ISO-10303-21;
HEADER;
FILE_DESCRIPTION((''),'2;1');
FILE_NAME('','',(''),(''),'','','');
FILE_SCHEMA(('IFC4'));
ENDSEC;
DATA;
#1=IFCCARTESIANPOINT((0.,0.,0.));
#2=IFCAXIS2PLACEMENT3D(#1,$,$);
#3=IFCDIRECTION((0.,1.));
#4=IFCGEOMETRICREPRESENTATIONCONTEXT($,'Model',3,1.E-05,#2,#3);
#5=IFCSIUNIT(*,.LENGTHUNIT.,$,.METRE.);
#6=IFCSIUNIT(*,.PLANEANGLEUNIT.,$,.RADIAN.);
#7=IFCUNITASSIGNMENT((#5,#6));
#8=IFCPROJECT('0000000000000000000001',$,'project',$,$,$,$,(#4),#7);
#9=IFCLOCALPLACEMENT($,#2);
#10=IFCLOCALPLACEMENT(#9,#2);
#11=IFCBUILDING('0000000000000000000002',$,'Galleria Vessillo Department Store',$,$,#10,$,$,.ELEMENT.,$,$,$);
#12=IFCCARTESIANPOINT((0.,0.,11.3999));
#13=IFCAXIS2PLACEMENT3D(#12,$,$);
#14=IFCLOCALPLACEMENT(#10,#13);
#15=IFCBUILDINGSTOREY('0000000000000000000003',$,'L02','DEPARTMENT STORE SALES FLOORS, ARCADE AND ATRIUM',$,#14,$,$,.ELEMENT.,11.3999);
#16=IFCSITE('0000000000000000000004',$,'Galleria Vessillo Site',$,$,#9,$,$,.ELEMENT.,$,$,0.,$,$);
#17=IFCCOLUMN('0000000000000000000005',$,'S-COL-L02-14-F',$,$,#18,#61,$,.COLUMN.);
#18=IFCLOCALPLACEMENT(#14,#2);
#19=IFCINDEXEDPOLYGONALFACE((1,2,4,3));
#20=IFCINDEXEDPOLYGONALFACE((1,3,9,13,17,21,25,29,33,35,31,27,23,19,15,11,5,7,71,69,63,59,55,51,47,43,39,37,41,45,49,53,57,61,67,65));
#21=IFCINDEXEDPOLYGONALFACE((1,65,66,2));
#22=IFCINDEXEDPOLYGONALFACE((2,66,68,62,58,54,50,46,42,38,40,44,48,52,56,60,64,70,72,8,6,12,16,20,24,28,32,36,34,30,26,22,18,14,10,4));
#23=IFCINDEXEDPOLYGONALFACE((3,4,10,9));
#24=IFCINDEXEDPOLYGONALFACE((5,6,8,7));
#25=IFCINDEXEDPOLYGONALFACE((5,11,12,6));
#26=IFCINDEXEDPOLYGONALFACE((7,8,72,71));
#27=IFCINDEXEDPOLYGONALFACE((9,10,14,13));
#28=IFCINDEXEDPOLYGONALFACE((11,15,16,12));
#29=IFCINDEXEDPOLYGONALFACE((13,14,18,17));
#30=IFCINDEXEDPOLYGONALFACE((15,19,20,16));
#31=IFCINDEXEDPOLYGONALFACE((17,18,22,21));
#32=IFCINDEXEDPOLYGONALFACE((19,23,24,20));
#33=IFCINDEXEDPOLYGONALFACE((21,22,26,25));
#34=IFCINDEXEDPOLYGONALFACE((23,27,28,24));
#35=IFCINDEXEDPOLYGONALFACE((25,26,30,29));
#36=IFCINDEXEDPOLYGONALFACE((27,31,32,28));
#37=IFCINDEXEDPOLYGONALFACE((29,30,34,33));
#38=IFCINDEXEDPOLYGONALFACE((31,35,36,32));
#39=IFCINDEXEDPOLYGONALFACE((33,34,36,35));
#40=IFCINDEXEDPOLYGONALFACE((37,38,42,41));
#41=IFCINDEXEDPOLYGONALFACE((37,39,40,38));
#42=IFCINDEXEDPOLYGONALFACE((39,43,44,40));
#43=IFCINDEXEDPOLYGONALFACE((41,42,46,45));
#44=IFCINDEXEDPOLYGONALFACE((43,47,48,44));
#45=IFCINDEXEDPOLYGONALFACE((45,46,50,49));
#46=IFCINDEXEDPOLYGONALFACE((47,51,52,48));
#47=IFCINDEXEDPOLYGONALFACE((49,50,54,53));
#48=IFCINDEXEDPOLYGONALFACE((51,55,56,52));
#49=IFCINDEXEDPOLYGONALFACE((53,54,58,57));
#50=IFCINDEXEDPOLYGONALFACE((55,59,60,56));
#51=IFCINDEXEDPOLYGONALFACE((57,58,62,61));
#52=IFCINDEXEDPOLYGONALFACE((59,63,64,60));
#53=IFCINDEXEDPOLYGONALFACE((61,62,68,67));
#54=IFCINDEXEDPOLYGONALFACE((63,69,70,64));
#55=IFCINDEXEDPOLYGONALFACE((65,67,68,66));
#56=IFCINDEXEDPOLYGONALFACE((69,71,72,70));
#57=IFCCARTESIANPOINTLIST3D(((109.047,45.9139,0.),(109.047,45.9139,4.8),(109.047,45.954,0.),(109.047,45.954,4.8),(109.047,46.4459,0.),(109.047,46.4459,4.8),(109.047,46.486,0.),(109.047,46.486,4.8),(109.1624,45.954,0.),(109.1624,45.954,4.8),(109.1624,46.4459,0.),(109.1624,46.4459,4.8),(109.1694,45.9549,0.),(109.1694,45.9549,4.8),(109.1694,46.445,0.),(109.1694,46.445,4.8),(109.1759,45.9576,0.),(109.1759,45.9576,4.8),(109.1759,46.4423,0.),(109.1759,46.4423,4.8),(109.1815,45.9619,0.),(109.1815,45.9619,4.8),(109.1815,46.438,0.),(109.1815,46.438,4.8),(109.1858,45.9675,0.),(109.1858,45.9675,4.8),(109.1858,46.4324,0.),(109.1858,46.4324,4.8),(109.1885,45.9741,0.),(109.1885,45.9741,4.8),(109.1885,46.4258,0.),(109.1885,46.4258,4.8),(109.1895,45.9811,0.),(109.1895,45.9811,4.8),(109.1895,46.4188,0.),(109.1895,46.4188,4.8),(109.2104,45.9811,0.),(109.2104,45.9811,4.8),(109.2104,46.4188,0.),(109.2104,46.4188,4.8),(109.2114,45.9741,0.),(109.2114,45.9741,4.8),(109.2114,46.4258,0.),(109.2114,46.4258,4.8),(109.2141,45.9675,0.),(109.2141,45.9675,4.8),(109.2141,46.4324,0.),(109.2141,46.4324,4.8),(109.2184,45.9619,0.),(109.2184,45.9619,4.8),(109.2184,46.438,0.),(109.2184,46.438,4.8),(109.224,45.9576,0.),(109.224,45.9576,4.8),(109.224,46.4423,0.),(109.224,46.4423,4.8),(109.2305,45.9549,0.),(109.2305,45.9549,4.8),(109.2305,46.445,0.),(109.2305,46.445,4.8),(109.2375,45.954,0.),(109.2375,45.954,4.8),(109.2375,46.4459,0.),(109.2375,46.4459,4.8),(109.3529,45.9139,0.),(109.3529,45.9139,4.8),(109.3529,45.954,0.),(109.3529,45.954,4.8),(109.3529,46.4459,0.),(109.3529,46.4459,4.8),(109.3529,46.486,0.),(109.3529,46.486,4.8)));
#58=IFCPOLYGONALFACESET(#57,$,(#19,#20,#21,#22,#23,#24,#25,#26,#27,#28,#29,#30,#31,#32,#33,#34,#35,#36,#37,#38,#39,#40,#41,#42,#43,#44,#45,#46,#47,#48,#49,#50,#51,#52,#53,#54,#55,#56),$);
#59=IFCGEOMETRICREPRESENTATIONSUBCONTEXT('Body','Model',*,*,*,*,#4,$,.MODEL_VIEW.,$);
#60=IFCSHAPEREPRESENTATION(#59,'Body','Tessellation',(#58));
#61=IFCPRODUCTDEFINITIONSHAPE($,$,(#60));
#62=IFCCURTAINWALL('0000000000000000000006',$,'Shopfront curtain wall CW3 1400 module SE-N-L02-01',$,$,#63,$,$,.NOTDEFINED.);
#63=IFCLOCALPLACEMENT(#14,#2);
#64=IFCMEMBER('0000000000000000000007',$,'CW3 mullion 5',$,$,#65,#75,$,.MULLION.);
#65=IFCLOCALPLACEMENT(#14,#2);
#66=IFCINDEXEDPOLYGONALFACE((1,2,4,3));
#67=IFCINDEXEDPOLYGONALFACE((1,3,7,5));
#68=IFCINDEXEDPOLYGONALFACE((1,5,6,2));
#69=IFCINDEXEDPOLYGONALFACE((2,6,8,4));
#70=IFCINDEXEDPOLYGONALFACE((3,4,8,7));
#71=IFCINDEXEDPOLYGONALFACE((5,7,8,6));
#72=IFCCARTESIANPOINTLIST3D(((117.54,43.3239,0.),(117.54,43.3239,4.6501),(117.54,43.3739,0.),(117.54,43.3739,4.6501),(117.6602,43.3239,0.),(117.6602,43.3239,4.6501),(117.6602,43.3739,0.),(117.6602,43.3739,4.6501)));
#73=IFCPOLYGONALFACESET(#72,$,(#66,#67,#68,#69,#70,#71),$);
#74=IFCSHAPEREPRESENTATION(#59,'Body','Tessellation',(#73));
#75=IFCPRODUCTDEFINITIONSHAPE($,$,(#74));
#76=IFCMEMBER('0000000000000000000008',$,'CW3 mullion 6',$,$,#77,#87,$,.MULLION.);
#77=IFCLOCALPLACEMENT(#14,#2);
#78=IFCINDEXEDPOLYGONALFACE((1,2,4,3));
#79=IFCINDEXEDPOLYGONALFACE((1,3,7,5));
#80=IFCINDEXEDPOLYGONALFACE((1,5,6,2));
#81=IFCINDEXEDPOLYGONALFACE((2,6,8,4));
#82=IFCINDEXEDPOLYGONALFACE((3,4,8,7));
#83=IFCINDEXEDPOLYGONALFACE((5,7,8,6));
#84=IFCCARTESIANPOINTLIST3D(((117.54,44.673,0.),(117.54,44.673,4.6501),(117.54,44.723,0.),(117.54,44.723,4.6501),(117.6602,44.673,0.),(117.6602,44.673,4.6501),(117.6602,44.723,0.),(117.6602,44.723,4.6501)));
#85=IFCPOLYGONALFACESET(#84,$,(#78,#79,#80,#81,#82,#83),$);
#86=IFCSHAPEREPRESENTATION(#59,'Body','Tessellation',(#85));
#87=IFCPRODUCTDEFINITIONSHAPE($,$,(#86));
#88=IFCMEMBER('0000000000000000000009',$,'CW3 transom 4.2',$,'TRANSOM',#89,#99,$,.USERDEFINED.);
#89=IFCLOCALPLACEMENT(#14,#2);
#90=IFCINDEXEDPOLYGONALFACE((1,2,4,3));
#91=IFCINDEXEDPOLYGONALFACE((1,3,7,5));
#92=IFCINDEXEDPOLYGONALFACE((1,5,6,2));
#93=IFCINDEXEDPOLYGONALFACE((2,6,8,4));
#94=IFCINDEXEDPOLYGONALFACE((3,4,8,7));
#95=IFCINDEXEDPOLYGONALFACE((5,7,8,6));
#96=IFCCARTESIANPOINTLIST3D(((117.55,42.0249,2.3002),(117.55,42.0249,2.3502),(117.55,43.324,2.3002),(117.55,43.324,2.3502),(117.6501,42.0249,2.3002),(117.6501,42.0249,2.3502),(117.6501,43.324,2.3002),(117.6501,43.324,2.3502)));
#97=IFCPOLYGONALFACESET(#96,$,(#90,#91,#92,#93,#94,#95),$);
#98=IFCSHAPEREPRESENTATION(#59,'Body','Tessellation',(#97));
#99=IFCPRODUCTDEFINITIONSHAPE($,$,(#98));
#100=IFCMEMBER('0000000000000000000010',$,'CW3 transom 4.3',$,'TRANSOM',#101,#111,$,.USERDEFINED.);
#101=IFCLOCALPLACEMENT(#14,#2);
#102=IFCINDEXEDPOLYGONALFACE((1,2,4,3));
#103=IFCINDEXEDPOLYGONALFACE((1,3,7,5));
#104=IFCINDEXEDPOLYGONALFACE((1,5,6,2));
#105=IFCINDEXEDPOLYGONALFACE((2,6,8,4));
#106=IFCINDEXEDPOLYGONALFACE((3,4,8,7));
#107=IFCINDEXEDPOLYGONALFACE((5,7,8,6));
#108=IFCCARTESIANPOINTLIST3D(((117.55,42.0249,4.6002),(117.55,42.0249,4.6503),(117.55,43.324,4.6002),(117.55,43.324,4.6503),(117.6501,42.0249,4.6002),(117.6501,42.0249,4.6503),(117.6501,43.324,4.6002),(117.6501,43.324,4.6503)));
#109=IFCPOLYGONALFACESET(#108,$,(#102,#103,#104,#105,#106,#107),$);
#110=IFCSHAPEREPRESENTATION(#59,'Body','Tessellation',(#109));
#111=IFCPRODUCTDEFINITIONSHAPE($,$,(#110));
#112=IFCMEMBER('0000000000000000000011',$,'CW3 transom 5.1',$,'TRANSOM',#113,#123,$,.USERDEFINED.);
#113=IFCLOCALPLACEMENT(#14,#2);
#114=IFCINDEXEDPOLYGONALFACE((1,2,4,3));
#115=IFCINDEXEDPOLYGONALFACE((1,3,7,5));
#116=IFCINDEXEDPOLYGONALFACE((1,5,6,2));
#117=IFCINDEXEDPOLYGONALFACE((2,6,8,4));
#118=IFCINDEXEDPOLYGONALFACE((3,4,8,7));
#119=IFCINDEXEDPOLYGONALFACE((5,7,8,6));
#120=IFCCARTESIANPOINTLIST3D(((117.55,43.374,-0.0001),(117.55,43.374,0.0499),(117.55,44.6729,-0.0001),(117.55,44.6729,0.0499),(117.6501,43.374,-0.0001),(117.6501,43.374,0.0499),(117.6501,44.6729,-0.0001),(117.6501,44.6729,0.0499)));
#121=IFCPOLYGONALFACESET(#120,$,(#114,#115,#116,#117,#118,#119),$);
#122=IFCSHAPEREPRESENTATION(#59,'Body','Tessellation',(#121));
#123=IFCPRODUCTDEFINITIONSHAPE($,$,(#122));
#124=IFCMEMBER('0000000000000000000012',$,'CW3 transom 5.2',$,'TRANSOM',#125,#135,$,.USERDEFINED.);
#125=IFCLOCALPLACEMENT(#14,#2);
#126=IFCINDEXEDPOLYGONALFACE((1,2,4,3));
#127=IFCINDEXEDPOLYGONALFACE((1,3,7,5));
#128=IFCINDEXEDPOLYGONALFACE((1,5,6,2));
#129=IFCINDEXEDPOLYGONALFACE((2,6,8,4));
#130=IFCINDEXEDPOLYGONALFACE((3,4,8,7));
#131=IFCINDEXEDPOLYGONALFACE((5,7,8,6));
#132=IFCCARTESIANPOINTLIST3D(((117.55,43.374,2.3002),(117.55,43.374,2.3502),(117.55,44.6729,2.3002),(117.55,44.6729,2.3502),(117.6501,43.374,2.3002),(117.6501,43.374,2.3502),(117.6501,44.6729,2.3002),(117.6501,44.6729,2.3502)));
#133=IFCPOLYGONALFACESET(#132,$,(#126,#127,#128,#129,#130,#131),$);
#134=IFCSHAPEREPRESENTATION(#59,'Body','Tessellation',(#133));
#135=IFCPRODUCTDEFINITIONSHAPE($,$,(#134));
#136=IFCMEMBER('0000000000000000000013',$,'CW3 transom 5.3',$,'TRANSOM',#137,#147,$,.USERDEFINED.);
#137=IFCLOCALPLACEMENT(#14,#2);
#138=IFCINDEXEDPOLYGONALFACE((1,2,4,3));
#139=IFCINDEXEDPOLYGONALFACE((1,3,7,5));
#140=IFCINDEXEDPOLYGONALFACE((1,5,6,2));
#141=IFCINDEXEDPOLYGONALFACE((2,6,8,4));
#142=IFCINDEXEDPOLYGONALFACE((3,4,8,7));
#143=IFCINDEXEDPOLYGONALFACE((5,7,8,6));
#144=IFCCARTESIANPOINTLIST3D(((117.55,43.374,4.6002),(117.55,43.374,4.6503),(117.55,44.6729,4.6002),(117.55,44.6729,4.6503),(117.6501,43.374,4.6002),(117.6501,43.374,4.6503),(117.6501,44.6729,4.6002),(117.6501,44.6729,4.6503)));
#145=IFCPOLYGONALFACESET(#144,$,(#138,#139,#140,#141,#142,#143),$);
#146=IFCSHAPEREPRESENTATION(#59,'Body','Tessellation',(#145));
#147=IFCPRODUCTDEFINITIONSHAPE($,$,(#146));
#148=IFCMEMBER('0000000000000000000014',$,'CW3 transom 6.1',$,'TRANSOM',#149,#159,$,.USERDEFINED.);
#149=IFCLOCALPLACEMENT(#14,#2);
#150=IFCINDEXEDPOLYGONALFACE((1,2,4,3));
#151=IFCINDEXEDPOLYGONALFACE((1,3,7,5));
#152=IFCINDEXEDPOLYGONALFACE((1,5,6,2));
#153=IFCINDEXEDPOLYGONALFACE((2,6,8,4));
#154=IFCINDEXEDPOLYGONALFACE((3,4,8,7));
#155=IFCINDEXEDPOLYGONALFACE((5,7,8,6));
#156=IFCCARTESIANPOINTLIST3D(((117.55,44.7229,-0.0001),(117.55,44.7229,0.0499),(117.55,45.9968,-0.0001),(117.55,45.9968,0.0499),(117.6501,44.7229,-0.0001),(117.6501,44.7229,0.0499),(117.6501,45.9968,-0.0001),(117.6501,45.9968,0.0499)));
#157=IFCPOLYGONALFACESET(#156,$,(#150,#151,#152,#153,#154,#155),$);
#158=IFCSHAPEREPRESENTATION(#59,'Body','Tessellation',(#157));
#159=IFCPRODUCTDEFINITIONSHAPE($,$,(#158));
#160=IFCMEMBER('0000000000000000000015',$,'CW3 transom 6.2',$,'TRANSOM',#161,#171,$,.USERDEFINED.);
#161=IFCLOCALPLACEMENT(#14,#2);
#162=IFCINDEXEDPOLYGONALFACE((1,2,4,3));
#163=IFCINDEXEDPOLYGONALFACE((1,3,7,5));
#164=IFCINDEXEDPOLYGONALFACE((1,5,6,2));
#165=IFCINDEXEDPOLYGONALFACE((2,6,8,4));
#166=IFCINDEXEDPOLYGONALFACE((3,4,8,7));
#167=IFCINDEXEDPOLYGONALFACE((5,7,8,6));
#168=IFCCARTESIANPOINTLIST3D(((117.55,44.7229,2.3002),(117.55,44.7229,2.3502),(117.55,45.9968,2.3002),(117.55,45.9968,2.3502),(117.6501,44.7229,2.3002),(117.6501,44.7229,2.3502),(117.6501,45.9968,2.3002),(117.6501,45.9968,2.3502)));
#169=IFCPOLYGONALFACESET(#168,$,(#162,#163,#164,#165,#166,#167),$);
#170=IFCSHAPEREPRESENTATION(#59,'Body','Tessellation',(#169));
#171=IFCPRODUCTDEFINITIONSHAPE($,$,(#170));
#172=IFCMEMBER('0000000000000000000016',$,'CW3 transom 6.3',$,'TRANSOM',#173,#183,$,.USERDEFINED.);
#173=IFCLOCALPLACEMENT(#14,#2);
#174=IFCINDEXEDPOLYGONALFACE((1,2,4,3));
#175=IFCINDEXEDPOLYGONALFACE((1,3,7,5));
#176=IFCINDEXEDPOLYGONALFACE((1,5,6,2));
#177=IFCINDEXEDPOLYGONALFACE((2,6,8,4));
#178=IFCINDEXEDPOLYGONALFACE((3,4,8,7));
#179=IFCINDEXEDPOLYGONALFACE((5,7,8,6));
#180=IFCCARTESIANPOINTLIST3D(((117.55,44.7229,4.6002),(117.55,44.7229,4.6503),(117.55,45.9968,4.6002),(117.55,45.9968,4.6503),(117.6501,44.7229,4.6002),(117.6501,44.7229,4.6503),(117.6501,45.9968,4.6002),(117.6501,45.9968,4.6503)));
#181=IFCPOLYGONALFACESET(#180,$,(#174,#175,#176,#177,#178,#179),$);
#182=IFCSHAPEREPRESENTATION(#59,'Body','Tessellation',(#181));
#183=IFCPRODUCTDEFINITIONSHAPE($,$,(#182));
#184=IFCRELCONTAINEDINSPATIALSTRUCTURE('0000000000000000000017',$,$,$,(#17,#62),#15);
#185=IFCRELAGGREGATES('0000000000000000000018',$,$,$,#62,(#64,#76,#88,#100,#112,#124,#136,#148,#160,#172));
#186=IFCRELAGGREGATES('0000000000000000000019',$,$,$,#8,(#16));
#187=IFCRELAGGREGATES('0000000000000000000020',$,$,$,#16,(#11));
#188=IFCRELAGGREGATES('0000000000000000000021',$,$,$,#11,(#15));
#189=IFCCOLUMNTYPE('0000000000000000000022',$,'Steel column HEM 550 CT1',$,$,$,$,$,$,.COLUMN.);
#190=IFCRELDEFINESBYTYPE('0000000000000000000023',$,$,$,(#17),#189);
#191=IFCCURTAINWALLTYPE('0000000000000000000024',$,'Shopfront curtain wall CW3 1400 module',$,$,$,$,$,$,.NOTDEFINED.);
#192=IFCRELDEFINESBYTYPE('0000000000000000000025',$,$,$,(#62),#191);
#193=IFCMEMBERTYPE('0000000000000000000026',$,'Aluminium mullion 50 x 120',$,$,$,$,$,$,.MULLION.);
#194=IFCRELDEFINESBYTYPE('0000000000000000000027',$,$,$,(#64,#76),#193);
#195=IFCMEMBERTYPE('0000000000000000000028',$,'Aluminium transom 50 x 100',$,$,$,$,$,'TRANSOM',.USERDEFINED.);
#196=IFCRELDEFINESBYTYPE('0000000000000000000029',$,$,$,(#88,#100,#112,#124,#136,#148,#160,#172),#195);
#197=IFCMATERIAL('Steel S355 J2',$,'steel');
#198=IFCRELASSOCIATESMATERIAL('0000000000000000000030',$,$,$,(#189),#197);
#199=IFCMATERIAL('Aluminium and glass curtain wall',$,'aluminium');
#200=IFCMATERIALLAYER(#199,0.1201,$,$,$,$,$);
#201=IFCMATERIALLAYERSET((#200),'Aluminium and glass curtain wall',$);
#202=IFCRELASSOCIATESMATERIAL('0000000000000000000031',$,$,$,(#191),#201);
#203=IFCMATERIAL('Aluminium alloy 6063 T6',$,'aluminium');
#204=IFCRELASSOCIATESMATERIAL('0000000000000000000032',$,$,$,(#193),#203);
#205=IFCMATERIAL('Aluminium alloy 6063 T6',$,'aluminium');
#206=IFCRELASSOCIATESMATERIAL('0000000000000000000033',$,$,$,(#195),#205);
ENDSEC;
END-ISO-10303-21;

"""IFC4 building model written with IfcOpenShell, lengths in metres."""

from ifc_helpers import new_model, si_unit, direction, frame, origin, origin_2d, place, context, subcontext, project, spatial, rectangle, i_section, extrude, material, layer, layer_set, material_profile, profile_set, type_object, element, aggregate, save


model = new_model("IFC4")

# Units and contexts
model_context = context("Model", 3, precision=1e-05, world=origin(), true_north=direction((0.0, 1.0)))
body_context = subcontext(model_context, "Body", "Model", "MODEL_VIEW")
ifc_project = project(units=[si_unit("LENGTHUNIT", "METRE"), si_unit("PLANEANGLEUNIT", "RADIAN")], contexts=[model_context])

# Site, building, storey
site_placement = place(None, origin())
site = spatial("IfcSite", under=ifc_project, at=site_placement, Name="Galleria Vessillo Site", CompositionType="ELEMENT", RefElevation=0.0)
building_placement = place(site_placement, origin())
building = spatial("IfcBuilding", under=site, at=building_placement, Name="Galleria Vessillo Department Store", CompositionType="ELEMENT")
storey_placement = place(building_placement, frame((0.0, 0.0, 11.3999)))
storey = spatial("IfcBuildingStorey", under=building, at=storey_placement, Name="L02", Description="DEPARTMENT STORE SALES FLOORS, ARCADE AND ATRIUM", CompositionType="ELEMENT", Elevation=11.3999)

# Column
ifc_material_1 = material(Name="Steel S355 J2", Category="steel")
ifc_material_profile_1 = material_profile(ifc_material_1, i_section(OverallWidth=0.3059, OverallDepth=0.572, WebThickness=0.021, FlangeThickness=0.04, FilletRadius=0.0271, at=origin_2d()), Name="HEM 550")
ifc_profile_set_1 = profile_set([ifc_material_profile_1], Name="Steel S355 J2")
column_type = type_object("IfcColumnType", Name="Steel column HEM 550 CT1", PredefinedType="COLUMN", material=ifc_profile_set_1)
column_placement = place(storey_placement, frame((109.2, 46.2, 0.0), z_axis=(0.0, 0.0, 1.0), x_axis=(1.0, 0.0, 0.0)))
element("IfcColumn", 1, at=column_placement, inside=storey, type_object=column_type, Name="S-COL-L02-14-F", PredefinedType="COLUMN", context=body_context, shape_type="SweptSolid", body=[
    extrude(i_section(OverallWidth=0.3059, OverallDepth=0.572, WebThickness=0.021, FlangeThickness=0.04, FilletRadius=0.0271, at=origin_2d()), origin(), (0.0, 0.0, 1.0), 4.8),
])

# Curtain wall, members
ifc_material_2 = material(Name="Aluminium and glass curtain wall", Category="aluminium")
ifc_layer_1 = layer(ifc_material_2, 0.1201)
ifc_layer_set_1 = layer_set([ifc_layer_1], Name="Aluminium and glass curtain wall")
curtain_wall_type = type_object("IfcCurtainWallType", Name="Shopfront curtain wall CW3 1400 module", PredefinedType="NOTDEFINED", material=ifc_layer_set_1)
curtain_wall_placement = place(storey_placement, origin())
curtain_wall = element("IfcCurtainWall", 2, at=curtain_wall_placement, inside=storey, type_object=curtain_wall_type, Name="Shopfront curtain wall CW3 1400 module SE-N-L02-01", PredefinedType="NOTDEFINED")
ifc_material_3 = material(Name="Aluminium alloy 6063 T6", Category="aluminium")
ifc_material_profile_2 = material_profile(ifc_material_3, rectangle(XDim=0.1201, YDim=0.05, at=origin_2d()), Name="AL 50x120")
ifc_profile_set_2 = profile_set([ifc_material_profile_2], Name="Aluminium alloy 6063 T6")
member_type_1 = type_object("IfcMemberType", Name="Aluminium mullion 50 x 120", PredefinedType="MULLION", material=ifc_profile_set_2)
member_1_placement = place(storey_placement, frame((117.6001, 43.3489, 0.0), z_axis=(0.0, 0.0, 1.0), x_axis=(-1.0, 0.0, 0.0)))
member_1 = element("IfcMember", 3, at=member_1_placement, type_object=member_type_1, Name="CW3 mullion 5", PredefinedType="MULLION", context=body_context, shape_type="SweptSolid", body=[
    extrude(rectangle(XDim=0.1201, YDim=0.05, at=origin_2d()), origin(), (0.0, 0.0, 1.0), 4.6501),
])
member_2_placement = place(storey_placement, frame((117.6001, 44.698, 0.0), z_axis=(0.0, 0.0, 1.0), x_axis=(-1.0, 0.0, 0.0)))
member_2 = element("IfcMember", 4, at=member_2_placement, type_object=member_type_1, Name="CW3 mullion 6", PredefinedType="MULLION", context=body_context, shape_type="SweptSolid", body=[
    extrude(rectangle(XDim=0.1201, YDim=0.05, at=origin_2d()), origin(), (0.0, 0.0, 1.0), 4.6501),
])
ifc_material_4 = material(Name="Aluminium alloy 6063 T6", Category="aluminium")
ifc_material_profile_3 = material_profile(ifc_material_4, rectangle(XDim=0.1001, YDim=0.05, at=origin_2d()), Name="AL 50x100")
ifc_profile_set_3 = profile_set([ifc_material_profile_3], Name="Aluminium alloy 6063 T6")
member_type_2 = type_object("IfcMemberType", Name="Aluminium transom 50 x 100", ElementType="TRANSOM", PredefinedType="USERDEFINED", material=ifc_profile_set_3)
member_3_placement = place(storey_placement, frame((117.6001, 42.0249, 2.3252), z_axis=(0.0, 1.0, 0.0), x_axis=(-1.0, 0.0, 0.0)))
member_3 = element("IfcMember", 5, at=member_3_placement, type_object=member_type_2, Name="CW3 transom 4.2", ObjectType="TRANSOM", PredefinedType="USERDEFINED", context=body_context, shape_type="SweptSolid", body=[
    extrude(rectangle(XDim=0.1001, YDim=0.05, at=origin_2d()), origin(), (0.0, 0.0, 1.0), 1.2991),
])
member_4_placement = place(storey_placement, frame((117.6001, 42.0249, 4.6252), z_axis=(0.0, 1.0, 0.0), x_axis=(-1.0, 0.0, 0.0)))
member_4 = element("IfcMember", 6, at=member_4_placement, type_object=member_type_2, Name="CW3 transom 4.3", ObjectType="TRANSOM", PredefinedType="USERDEFINED", context=body_context, shape_type="SweptSolid", body=[
    extrude(rectangle(XDim=0.1001, YDim=0.05, at=origin_2d()), origin(), (0.0, 0.0, 1.0), 1.2991),
])
member_5_placement = place(storey_placement, frame((117.6001, 43.374, 0.0249), z_axis=(0.0, 1.0, 0.0), x_axis=(-1.0, 0.0, 0.0)))
member_5 = element("IfcMember", 7, at=member_5_placement, type_object=member_type_2, Name="CW3 transom 5.1", ObjectType="TRANSOM", PredefinedType="USERDEFINED", context=body_context, shape_type="SweptSolid", body=[
    extrude(rectangle(XDim=0.1001, YDim=0.05, at=origin_2d()), origin(), (0.0, 0.0, 1.0), 1.2988),
])
member_6_placement = place(storey_placement, frame((117.6001, 43.374, 2.3252), z_axis=(0.0, 1.0, 0.0), x_axis=(-1.0, 0.0, 0.0)))
member_6 = element("IfcMember", 8, at=member_6_placement, type_object=member_type_2, Name="CW3 transom 5.2", ObjectType="TRANSOM", PredefinedType="USERDEFINED", context=body_context, shape_type="SweptSolid", body=[
    extrude(rectangle(XDim=0.1001, YDim=0.05, at=origin_2d()), origin(), (0.0, 0.0, 1.0), 1.2988),
])
member_7_placement = place(storey_placement, frame((117.6001, 43.374, 4.6252), z_axis=(0.0, 1.0, 0.0), x_axis=(-1.0, 0.0, 0.0)))
member_7 = element("IfcMember", 9, at=member_7_placement, type_object=member_type_2, Name="CW3 transom 5.3", ObjectType="TRANSOM", PredefinedType="USERDEFINED", context=body_context, shape_type="SweptSolid", body=[
    extrude(rectangle(XDim=0.1001, YDim=0.05, at=origin_2d()), origin(), (0.0, 0.0, 1.0), 1.2988),
])
member_8_placement = place(storey_placement, frame((117.6001, 44.7229, 0.0249), z_axis=(0.0, 1.0, 0.0), x_axis=(-1.0, 0.0, 0.0)))
member_8 = element("IfcMember", 10, at=member_8_placement, type_object=member_type_2, Name="CW3 transom 6.1", ObjectType="TRANSOM", PredefinedType="USERDEFINED", context=body_context, shape_type="SweptSolid", body=[
    extrude(rectangle(XDim=0.1001, YDim=0.05, at=origin_2d()), origin(), (0.0, 0.0, 1.0), 1.2739),
])
member_9_placement = place(storey_placement, frame((117.6001, 44.7229, 2.3252), z_axis=(0.0, 1.0, 0.0), x_axis=(-1.0, 0.0, 0.0)))
member_9 = element("IfcMember", 11, at=member_9_placement, type_object=member_type_2, Name="CW3 transom 6.2", ObjectType="TRANSOM", PredefinedType="USERDEFINED", context=body_context, shape_type="SweptSolid", body=[
    extrude(rectangle(XDim=0.1001, YDim=0.05, at=origin_2d()), origin(), (0.0, 0.0, 1.0), 1.2739),
])
member_10_placement = place(storey_placement, frame((117.6001, 44.7229, 4.6252), z_axis=(0.0, 1.0, 0.0), x_axis=(-1.0, 0.0, 0.0)))
member_10 = element("IfcMember", 12, at=member_10_placement, type_object=member_type_2, Name="CW3 transom 6.3", ObjectType="TRANSOM", PredefinedType="USERDEFINED", context=body_context, shape_type="SweptSolid", body=[
    extrude(rectangle(XDim=0.1001, YDim=0.05, at=origin_2d()), origin(), (0.0, 0.0, 1.0), 1.2739),
])

aggregate(curtain_wall, [member_1, member_2, member_3, member_4, member_5, member_6, member_7, member_8, member_9, member_10])

save(model, "model.ifc")
